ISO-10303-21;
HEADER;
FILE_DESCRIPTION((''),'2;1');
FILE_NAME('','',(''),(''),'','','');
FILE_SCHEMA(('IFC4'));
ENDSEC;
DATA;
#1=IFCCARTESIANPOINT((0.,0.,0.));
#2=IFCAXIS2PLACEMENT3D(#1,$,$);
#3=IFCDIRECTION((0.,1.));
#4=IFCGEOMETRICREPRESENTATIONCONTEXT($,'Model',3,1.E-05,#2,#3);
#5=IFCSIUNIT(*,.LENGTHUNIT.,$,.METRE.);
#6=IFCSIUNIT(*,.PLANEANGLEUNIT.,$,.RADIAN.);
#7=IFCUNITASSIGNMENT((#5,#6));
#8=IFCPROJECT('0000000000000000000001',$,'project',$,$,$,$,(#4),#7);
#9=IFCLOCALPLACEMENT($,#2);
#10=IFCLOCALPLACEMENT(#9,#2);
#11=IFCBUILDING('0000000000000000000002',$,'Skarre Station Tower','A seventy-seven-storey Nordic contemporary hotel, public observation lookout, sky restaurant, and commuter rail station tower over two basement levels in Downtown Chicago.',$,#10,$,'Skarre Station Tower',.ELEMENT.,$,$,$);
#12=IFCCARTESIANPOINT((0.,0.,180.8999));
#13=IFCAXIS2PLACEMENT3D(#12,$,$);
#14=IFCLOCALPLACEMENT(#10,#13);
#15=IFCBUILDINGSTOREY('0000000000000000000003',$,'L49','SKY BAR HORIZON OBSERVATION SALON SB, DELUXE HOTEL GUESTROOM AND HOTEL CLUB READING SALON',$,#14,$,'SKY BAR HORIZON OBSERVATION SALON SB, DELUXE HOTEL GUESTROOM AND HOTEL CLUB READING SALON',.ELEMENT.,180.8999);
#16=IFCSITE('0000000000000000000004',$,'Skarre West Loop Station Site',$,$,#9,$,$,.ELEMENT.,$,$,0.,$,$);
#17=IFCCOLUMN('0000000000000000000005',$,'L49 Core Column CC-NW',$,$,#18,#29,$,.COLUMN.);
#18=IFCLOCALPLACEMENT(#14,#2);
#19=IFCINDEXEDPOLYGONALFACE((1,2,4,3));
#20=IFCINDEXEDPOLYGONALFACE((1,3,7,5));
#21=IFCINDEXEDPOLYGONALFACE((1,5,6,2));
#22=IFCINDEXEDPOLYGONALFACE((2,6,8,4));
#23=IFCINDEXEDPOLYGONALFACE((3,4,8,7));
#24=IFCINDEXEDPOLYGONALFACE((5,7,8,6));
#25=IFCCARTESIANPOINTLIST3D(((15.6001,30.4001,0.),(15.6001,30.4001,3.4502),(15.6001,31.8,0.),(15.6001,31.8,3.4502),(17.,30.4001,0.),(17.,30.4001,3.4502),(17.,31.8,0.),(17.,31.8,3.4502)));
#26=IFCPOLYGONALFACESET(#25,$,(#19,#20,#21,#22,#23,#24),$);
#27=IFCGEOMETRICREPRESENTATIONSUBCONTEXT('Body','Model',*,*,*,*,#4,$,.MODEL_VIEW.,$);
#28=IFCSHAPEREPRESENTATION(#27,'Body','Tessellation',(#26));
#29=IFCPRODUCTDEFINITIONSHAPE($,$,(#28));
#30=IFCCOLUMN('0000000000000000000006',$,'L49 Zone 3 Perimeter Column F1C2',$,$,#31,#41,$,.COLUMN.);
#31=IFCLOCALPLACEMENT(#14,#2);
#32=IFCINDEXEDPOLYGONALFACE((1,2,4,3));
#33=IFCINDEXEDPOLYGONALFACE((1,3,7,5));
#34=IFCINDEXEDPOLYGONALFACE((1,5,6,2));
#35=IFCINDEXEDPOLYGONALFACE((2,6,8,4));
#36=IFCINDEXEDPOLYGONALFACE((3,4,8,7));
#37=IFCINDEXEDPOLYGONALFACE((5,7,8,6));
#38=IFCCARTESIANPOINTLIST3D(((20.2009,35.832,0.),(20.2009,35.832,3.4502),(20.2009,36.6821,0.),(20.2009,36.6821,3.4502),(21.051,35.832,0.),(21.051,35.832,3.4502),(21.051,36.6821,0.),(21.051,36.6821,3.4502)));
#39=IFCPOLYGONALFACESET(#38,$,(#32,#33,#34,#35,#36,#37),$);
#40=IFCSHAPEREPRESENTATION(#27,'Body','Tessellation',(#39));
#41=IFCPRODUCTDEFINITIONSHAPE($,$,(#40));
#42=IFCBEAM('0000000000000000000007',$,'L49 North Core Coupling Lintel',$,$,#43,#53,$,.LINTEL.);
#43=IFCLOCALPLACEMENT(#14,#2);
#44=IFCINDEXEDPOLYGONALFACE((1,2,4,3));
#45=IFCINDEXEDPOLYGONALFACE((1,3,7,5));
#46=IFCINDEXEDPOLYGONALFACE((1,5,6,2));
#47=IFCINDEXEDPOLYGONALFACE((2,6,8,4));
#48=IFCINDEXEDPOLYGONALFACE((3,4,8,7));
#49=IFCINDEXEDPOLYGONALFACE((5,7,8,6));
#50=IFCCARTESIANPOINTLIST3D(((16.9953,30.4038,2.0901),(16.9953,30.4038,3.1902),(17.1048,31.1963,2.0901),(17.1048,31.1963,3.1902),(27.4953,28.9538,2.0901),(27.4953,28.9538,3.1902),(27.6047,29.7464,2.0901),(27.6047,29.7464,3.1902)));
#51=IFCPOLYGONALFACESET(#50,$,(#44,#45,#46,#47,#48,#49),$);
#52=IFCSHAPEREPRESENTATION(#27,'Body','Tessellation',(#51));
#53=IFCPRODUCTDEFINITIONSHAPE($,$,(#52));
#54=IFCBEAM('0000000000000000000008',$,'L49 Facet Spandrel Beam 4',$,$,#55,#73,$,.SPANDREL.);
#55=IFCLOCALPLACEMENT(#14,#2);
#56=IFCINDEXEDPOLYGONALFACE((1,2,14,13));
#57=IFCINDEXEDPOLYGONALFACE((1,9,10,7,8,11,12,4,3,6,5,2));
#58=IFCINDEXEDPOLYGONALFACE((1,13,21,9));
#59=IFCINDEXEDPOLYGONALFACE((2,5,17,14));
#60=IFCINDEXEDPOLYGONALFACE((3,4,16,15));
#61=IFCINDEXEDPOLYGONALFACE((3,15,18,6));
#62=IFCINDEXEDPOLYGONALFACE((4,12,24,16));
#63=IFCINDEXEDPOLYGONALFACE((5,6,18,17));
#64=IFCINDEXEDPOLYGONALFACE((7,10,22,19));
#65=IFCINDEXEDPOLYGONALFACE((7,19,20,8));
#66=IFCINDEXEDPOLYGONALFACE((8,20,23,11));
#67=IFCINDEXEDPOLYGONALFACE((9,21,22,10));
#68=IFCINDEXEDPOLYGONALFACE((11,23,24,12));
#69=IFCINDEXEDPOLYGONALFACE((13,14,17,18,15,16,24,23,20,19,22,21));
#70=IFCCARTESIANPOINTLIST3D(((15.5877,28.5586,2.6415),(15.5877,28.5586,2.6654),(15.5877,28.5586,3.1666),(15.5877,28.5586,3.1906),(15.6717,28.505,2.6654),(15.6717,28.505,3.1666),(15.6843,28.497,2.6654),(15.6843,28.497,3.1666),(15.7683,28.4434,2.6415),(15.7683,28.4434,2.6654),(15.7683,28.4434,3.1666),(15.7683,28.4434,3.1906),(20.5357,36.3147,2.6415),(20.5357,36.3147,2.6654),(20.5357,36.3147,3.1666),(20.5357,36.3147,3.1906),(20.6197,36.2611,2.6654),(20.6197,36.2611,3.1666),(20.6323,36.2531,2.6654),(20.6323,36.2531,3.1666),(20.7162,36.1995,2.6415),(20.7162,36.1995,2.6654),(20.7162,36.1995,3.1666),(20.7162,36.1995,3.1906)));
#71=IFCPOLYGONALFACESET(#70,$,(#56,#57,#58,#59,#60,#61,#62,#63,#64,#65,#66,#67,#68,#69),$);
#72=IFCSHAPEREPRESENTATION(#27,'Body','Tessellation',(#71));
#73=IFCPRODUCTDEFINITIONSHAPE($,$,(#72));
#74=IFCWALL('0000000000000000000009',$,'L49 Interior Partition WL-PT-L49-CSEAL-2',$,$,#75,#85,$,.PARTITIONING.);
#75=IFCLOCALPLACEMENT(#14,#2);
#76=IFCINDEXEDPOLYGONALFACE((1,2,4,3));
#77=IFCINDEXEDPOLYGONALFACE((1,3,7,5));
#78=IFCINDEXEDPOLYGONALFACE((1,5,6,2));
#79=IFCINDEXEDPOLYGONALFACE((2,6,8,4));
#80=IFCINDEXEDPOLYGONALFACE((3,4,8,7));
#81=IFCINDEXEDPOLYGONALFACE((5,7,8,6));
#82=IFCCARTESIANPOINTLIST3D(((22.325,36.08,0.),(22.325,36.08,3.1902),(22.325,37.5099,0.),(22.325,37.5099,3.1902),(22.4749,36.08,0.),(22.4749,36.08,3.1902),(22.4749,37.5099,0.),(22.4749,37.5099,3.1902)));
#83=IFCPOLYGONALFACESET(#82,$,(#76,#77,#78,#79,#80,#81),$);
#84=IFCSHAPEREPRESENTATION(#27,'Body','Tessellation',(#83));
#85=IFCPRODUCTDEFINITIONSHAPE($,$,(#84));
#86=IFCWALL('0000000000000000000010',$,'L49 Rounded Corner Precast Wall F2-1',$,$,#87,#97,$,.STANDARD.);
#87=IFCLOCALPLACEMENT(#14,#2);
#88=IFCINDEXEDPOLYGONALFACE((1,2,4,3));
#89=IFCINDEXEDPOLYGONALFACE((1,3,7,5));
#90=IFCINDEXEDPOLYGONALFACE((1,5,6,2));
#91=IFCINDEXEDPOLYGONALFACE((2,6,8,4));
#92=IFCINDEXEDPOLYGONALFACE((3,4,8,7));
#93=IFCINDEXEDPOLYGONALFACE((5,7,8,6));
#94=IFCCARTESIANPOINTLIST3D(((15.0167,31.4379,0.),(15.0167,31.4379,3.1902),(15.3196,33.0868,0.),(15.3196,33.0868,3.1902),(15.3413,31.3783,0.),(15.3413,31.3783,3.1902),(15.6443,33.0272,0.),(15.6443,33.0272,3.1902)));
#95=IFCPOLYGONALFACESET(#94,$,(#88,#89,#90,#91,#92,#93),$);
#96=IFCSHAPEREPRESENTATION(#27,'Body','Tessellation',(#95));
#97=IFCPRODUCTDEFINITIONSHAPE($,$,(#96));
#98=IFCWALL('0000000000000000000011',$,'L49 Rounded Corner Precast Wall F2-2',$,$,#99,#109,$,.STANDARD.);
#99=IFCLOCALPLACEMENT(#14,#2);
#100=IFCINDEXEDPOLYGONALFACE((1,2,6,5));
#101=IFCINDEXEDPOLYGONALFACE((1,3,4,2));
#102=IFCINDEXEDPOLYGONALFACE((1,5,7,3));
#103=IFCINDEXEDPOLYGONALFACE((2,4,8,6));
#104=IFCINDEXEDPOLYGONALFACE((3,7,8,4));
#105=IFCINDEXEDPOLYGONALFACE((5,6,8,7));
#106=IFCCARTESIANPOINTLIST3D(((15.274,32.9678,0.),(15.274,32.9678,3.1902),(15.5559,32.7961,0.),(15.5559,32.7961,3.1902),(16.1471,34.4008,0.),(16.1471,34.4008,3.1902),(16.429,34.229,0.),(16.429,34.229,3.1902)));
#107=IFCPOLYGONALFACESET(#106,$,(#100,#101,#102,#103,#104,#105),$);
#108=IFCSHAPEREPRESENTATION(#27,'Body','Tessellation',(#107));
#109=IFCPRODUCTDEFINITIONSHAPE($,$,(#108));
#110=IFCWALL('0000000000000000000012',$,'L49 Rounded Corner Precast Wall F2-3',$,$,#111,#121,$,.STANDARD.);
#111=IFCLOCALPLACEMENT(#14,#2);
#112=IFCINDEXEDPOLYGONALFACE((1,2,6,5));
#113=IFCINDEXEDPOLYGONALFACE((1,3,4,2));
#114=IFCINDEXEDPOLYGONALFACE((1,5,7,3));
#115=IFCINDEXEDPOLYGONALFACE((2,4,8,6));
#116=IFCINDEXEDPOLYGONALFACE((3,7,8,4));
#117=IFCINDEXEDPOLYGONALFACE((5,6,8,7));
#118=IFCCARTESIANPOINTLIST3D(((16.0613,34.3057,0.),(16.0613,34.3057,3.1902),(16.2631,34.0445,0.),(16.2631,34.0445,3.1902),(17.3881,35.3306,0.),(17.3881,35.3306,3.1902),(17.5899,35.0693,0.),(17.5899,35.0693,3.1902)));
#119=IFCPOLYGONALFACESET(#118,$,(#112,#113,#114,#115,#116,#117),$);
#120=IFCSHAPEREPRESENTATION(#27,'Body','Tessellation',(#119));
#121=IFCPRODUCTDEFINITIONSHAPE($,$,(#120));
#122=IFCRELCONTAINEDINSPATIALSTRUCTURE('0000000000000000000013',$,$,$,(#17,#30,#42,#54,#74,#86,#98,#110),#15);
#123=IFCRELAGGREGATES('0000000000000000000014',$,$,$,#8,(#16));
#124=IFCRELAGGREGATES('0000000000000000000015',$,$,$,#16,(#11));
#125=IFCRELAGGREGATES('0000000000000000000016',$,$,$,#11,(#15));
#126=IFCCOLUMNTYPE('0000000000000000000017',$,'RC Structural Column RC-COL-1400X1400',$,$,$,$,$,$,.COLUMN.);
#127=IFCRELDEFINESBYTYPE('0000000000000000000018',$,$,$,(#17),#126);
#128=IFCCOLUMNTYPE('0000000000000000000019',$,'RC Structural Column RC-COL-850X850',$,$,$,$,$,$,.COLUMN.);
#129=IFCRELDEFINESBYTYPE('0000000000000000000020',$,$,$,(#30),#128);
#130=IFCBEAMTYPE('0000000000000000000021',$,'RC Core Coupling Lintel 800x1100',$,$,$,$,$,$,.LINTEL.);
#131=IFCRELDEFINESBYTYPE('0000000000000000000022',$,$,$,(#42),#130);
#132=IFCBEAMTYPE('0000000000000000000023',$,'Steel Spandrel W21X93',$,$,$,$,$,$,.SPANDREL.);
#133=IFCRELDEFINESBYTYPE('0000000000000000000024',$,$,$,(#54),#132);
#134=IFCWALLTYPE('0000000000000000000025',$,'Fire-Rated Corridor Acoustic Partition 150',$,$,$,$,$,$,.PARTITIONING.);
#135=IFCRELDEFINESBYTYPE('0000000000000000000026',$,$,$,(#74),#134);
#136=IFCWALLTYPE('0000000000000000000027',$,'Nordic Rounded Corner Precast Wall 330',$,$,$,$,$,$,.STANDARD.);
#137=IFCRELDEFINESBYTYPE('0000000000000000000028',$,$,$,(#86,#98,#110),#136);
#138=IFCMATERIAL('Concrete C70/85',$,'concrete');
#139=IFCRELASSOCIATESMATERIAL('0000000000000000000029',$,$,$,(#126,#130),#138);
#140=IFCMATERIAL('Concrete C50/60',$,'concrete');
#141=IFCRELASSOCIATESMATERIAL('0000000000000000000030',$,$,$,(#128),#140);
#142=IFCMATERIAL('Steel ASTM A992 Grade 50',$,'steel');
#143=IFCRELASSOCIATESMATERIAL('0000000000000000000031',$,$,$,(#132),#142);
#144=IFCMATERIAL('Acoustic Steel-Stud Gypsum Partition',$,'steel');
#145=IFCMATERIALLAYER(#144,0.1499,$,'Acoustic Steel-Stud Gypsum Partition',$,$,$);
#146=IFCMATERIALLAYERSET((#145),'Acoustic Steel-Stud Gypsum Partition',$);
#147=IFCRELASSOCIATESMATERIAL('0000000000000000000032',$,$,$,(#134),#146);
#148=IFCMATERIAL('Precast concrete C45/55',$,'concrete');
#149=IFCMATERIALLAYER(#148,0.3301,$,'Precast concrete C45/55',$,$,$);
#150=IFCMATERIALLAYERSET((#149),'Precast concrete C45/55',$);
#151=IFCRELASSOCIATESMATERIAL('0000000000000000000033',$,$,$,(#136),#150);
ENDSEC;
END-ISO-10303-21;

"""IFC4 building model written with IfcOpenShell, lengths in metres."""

from ifc_helpers import new_model, si_unit, direction, frame, frame_2d, origin, origin_2d, place, context, subcontext, project, spatial, rectangle, i_section, extrude, material, layer, layer_set, material_profile, profile_set, type_object, element, save


model = new_model("IFC4")

# Units and contexts
model_context = context("Model", 3, precision=1e-05, world=origin(), true_north=direction((0.0, 1.0)))
body_context = subcontext(model_context, "Body", "Model", "MODEL_VIEW")
ifc_project = project(units=[si_unit("LENGTHUNIT", "METRE"), si_unit("PLANEANGLEUNIT", "RADIAN")], contexts=[model_context])

# Site, building, storey
site_placement = place(None, origin())
site = spatial("IfcSite", under=ifc_project, at=site_placement, Name="Skarre West Loop Station Site", CompositionType="ELEMENT", RefElevation=0.0)
building_placement = place(site_placement, origin())
building = spatial("IfcBuilding", under=site, at=building_placement, Name="Skarre Station Tower", Description="A seventy-seven-storey Nordic contemporary hotel, public observation lookout, sky restaurant, and commuter rail station tower over two basement levels in Downtown Chicago.", LongName="Skarre Station Tower", CompositionType="ELEMENT")
storey_placement = place(building_placement, frame((0.0, 0.0, 180.8999)))
storey = spatial("IfcBuildingStorey", under=building, at=storey_placement, Name="L49", Description="SKY BAR HORIZON OBSERVATION SALON SB, DELUXE HOTEL GUESTROOM AND HOTEL CLUB READING SALON", LongName="SKY BAR HORIZON OBSERVATION SALON SB, DELUXE HOTEL GUESTROOM AND HOTEL CLUB READING SALON", CompositionType="ELEMENT", Elevation=180.8999)

# Columns
ifc_material_1 = material(Name="Concrete C70/85", Category="concrete")
ifc_material_profile_1 = material_profile(ifc_material_1, rectangle(XDim=1.3999, YDim=1.3999, at=origin_2d()), Name="Concrete C70/85")
ifc_profile_set_1 = profile_set([ifc_material_profile_1], Name="Concrete C70/85")
column_type_1 = type_object("IfcColumnType", Name="RC Structural Column RC-COL-1400X1400", PredefinedType="COLUMN", material=ifc_profile_set_1)
column_1_placement = place(storey_placement, frame((16.3, 31.1001, 0.0), z_axis=(0.0, 0.0, 1.0), x_axis=(1.0, 0.0, 0.0)))
element("IfcColumn", 1, at=column_1_placement, inside=storey, type_object=column_type_1, Name="L49 Core Column CC-NW", PredefinedType="COLUMN", context=body_context, shape_type="SweptSolid", body=[
    extrude(rectangle(XDim=1.3999, YDim=1.3999, at=origin_2d()), origin(), (0.0, 0.0, 1.0), 3.4502),
])
ifc_material_2 = material(Name="Concrete C50/60", Category="concrete")
ifc_material_profile_2 = material_profile(ifc_material_2, rectangle(XDim=0.8501, YDim=0.8501, at=origin_2d()), Name="Concrete C50/60")
ifc_profile_set_2 = profile_set([ifc_material_profile_2], Name="Concrete C50/60")
column_type_2 = type_object("IfcColumnType", Name="RC Structural Column RC-COL-850X850", PredefinedType="COLUMN", material=ifc_profile_set_2)
column_2_placement = place(storey_placement, frame((20.626, 36.2571, 0.0), z_axis=(0.0, 0.0, 1.0), x_axis=(1.0, 0.0, 0.0)))
element("IfcColumn", 2, at=column_2_placement, inside=storey, type_object=column_type_2, Name="L49 Zone 3 Perimeter Column F1C2", PredefinedType="COLUMN", context=body_context, shape_type="SweptSolid", body=[
    extrude(rectangle(XDim=0.8501, YDim=0.8501, at=origin_2d()), origin(), (0.0, 0.0, 1.0), 3.4502),
])

# Beams
ifc_material_profile_3 = material_profile(ifc_material_1, rectangle(XDim=0.8, YDim=1.1001, at=origin_2d()), Name="Concrete C70/85")
ifc_profile_set_3 = profile_set([ifc_material_profile_3], Name="Concrete C70/85")
beam_type_1 = type_object("IfcBeamType", Name="RC Core Coupling Lintel 800x1100", PredefinedType="LINTEL", material=ifc_profile_set_3)
beam_1_placement = place(storey_placement, frame((17.05, 30.8, 2.6401), z_axis=(0.9906, -0.136792, 0.0), x_axis=(0.136792, 0.9906, 0.0)))
element("IfcBeam", 3, at=beam_1_placement, inside=storey, type_object=beam_type_1, Name="L49 North Core Coupling Lintel", PredefinedType="LINTEL", context=body_context, shape_type="SweptSolid", body=[
    extrude(rectangle(XDim=0.8, YDim=1.1001, at=origin_2d()), origin(), (0.0, 0.0, 1.0), 10.5996),
])
ifc_material_3 = material(Name="Steel ASTM A992 Grade 50", Category="steel")
ifc_material_profile_4 = material_profile(ifc_material_3, i_section(OverallWidth=0.2141, OverallDepth=0.5491, WebThickness=0.0149, FlangeThickness=0.0239, at=origin_2d()), Name="Steel ASTM A992 Grade 50")
ifc_profile_set_4 = profile_set([ifc_material_profile_4], Name="Steel ASTM A992 Grade 50")
beam_type_2 = type_object("IfcBeamType", Name="Steel Spandrel W21X93", PredefinedType="SPANDREL", material=ifc_profile_set_4)
beam_2_placement = place(storey_placement, frame((20.626, 36.2571, 2.916), z_axis=(-0.537826, -0.843056, 0.0), x_axis=(0.843056, -0.537826, 0.0)))
element("IfcBeam", 4, at=beam_2_placement, inside=storey, type_object=beam_type_2, Name="L49 Facet Spandrel Beam 4", PredefinedType="SPANDREL", context=body_context, shape_type="SweptSolid", body=[
    extrude(i_section(OverallWidth=0.2141, OverallDepth=0.5491, WebThickness=0.0149, FlangeThickness=0.0239, at=origin_2d()), origin(), (0.0, 0.0, 1.0), 9.2),
])

# Walls
ifc_material_4 = material(Name="Acoustic Steel-Stud Gypsum Partition", Category="steel")
ifc_layer_1 = layer(ifc_material_4, 0.1499, Name="Acoustic Steel-Stud Gypsum Partition")
ifc_layer_set_1 = layer_set([ifc_layer_1], Name="Acoustic Steel-Stud Gypsum Partition")
wall_type_1 = type_object("IfcWallType", Name="Fire-Rated Corridor Acoustic Partition 150", PredefinedType="PARTITIONING", material=ifc_layer_set_1)
wall_1_placement = place(storey_placement, frame((22.3999, 36.0801, 0.0), z_axis=(0.0, 0.0, 1.0), x_axis=(0.0, 1.0, 0.0)))
element("IfcWall", 5, at=wall_1_placement, inside=storey, type_object=wall_type_1, Name="L49 Interior Partition WL-PT-L49-CSEAL-2", PredefinedType="PARTITIONING", context=body_context, shape_type="SweptSolid", body=[
    extrude(rectangle(XDim=1.4299, YDim=0.1499, at=frame_2d((0.7148, 0.0))), origin(), (0.0, 0.0, 1.0), 3.1902),
])
ifc_material_5 = material(Name="Precast concrete C45/55", Category="concrete")
ifc_layer_2 = layer(ifc_material_5, 0.3301, Name="Precast concrete C45/55")
ifc_layer_set_2 = layer_set([ifc_layer_2], Name="Precast concrete C45/55")
wall_type_2 = type_object("IfcWallType", Name="Nordic Rounded Corner Precast Wall 330", PredefinedType="STANDARD", material=ifc_layer_set_2)
wall_2_placement = place(storey_placement, frame((15.179, 31.408, 0.0), z_axis=(0.0, 0.0, 1.0), x_axis=(0.180718, 0.983535, 0.0)))
element("IfcWall", 6, at=wall_2_placement, inside=storey, type_object=wall_type_2, Name="L49 Rounded Corner Precast Wall F2-1", PredefinedType="STANDARD", context=body_context, shape_type="SweptSolid", body=[
    extrude(rectangle(XDim=1.6765, YDim=0.3301, at=frame_2d((0.8384, 0.0))), origin(), (0.0, 0.0, 1.0), 3.1902),
])
wall_3_placement = place(storey_placement, frame((15.415, 32.8821, 0.0), z_axis=(0.0, 0.0, 1.0), x_axis=(0.520325, 0.853968, 0.0)))
element("IfcWall", 7, at=wall_3_placement, inside=storey, type_object=wall_type_2, Name="L49 Rounded Corner Precast Wall F2-2", PredefinedType="STANDARD", context=body_context, shape_type="SweptSolid", body=[
    extrude(rectangle(XDim=1.678, YDim=0.3301, at=frame_2d((0.8389, 0.0))), origin(), (0.0, 0.0, 1.0), 3.1902),
])
wall_4_placement = place(storey_placement, frame((16.1621, 34.175, 0.0), z_axis=(0.0, 0.0, 1.0), x_axis=(0.79141, 0.611286, 0.0)))
element("IfcWall", 8, at=wall_4_placement, inside=storey, type_object=wall_type_2, Name="L49 Rounded Corner Precast Wall F2-3", PredefinedType="STANDARD", context=body_context, shape_type="SweptSolid", body=[
    extrude(rectangle(XDim=1.6765, YDim=0.3301, at=frame_2d((0.8384, 0.0))), origin(), (0.0, 0.0, 1.0), 3.1902),
])

save(model, "model.ifc")
